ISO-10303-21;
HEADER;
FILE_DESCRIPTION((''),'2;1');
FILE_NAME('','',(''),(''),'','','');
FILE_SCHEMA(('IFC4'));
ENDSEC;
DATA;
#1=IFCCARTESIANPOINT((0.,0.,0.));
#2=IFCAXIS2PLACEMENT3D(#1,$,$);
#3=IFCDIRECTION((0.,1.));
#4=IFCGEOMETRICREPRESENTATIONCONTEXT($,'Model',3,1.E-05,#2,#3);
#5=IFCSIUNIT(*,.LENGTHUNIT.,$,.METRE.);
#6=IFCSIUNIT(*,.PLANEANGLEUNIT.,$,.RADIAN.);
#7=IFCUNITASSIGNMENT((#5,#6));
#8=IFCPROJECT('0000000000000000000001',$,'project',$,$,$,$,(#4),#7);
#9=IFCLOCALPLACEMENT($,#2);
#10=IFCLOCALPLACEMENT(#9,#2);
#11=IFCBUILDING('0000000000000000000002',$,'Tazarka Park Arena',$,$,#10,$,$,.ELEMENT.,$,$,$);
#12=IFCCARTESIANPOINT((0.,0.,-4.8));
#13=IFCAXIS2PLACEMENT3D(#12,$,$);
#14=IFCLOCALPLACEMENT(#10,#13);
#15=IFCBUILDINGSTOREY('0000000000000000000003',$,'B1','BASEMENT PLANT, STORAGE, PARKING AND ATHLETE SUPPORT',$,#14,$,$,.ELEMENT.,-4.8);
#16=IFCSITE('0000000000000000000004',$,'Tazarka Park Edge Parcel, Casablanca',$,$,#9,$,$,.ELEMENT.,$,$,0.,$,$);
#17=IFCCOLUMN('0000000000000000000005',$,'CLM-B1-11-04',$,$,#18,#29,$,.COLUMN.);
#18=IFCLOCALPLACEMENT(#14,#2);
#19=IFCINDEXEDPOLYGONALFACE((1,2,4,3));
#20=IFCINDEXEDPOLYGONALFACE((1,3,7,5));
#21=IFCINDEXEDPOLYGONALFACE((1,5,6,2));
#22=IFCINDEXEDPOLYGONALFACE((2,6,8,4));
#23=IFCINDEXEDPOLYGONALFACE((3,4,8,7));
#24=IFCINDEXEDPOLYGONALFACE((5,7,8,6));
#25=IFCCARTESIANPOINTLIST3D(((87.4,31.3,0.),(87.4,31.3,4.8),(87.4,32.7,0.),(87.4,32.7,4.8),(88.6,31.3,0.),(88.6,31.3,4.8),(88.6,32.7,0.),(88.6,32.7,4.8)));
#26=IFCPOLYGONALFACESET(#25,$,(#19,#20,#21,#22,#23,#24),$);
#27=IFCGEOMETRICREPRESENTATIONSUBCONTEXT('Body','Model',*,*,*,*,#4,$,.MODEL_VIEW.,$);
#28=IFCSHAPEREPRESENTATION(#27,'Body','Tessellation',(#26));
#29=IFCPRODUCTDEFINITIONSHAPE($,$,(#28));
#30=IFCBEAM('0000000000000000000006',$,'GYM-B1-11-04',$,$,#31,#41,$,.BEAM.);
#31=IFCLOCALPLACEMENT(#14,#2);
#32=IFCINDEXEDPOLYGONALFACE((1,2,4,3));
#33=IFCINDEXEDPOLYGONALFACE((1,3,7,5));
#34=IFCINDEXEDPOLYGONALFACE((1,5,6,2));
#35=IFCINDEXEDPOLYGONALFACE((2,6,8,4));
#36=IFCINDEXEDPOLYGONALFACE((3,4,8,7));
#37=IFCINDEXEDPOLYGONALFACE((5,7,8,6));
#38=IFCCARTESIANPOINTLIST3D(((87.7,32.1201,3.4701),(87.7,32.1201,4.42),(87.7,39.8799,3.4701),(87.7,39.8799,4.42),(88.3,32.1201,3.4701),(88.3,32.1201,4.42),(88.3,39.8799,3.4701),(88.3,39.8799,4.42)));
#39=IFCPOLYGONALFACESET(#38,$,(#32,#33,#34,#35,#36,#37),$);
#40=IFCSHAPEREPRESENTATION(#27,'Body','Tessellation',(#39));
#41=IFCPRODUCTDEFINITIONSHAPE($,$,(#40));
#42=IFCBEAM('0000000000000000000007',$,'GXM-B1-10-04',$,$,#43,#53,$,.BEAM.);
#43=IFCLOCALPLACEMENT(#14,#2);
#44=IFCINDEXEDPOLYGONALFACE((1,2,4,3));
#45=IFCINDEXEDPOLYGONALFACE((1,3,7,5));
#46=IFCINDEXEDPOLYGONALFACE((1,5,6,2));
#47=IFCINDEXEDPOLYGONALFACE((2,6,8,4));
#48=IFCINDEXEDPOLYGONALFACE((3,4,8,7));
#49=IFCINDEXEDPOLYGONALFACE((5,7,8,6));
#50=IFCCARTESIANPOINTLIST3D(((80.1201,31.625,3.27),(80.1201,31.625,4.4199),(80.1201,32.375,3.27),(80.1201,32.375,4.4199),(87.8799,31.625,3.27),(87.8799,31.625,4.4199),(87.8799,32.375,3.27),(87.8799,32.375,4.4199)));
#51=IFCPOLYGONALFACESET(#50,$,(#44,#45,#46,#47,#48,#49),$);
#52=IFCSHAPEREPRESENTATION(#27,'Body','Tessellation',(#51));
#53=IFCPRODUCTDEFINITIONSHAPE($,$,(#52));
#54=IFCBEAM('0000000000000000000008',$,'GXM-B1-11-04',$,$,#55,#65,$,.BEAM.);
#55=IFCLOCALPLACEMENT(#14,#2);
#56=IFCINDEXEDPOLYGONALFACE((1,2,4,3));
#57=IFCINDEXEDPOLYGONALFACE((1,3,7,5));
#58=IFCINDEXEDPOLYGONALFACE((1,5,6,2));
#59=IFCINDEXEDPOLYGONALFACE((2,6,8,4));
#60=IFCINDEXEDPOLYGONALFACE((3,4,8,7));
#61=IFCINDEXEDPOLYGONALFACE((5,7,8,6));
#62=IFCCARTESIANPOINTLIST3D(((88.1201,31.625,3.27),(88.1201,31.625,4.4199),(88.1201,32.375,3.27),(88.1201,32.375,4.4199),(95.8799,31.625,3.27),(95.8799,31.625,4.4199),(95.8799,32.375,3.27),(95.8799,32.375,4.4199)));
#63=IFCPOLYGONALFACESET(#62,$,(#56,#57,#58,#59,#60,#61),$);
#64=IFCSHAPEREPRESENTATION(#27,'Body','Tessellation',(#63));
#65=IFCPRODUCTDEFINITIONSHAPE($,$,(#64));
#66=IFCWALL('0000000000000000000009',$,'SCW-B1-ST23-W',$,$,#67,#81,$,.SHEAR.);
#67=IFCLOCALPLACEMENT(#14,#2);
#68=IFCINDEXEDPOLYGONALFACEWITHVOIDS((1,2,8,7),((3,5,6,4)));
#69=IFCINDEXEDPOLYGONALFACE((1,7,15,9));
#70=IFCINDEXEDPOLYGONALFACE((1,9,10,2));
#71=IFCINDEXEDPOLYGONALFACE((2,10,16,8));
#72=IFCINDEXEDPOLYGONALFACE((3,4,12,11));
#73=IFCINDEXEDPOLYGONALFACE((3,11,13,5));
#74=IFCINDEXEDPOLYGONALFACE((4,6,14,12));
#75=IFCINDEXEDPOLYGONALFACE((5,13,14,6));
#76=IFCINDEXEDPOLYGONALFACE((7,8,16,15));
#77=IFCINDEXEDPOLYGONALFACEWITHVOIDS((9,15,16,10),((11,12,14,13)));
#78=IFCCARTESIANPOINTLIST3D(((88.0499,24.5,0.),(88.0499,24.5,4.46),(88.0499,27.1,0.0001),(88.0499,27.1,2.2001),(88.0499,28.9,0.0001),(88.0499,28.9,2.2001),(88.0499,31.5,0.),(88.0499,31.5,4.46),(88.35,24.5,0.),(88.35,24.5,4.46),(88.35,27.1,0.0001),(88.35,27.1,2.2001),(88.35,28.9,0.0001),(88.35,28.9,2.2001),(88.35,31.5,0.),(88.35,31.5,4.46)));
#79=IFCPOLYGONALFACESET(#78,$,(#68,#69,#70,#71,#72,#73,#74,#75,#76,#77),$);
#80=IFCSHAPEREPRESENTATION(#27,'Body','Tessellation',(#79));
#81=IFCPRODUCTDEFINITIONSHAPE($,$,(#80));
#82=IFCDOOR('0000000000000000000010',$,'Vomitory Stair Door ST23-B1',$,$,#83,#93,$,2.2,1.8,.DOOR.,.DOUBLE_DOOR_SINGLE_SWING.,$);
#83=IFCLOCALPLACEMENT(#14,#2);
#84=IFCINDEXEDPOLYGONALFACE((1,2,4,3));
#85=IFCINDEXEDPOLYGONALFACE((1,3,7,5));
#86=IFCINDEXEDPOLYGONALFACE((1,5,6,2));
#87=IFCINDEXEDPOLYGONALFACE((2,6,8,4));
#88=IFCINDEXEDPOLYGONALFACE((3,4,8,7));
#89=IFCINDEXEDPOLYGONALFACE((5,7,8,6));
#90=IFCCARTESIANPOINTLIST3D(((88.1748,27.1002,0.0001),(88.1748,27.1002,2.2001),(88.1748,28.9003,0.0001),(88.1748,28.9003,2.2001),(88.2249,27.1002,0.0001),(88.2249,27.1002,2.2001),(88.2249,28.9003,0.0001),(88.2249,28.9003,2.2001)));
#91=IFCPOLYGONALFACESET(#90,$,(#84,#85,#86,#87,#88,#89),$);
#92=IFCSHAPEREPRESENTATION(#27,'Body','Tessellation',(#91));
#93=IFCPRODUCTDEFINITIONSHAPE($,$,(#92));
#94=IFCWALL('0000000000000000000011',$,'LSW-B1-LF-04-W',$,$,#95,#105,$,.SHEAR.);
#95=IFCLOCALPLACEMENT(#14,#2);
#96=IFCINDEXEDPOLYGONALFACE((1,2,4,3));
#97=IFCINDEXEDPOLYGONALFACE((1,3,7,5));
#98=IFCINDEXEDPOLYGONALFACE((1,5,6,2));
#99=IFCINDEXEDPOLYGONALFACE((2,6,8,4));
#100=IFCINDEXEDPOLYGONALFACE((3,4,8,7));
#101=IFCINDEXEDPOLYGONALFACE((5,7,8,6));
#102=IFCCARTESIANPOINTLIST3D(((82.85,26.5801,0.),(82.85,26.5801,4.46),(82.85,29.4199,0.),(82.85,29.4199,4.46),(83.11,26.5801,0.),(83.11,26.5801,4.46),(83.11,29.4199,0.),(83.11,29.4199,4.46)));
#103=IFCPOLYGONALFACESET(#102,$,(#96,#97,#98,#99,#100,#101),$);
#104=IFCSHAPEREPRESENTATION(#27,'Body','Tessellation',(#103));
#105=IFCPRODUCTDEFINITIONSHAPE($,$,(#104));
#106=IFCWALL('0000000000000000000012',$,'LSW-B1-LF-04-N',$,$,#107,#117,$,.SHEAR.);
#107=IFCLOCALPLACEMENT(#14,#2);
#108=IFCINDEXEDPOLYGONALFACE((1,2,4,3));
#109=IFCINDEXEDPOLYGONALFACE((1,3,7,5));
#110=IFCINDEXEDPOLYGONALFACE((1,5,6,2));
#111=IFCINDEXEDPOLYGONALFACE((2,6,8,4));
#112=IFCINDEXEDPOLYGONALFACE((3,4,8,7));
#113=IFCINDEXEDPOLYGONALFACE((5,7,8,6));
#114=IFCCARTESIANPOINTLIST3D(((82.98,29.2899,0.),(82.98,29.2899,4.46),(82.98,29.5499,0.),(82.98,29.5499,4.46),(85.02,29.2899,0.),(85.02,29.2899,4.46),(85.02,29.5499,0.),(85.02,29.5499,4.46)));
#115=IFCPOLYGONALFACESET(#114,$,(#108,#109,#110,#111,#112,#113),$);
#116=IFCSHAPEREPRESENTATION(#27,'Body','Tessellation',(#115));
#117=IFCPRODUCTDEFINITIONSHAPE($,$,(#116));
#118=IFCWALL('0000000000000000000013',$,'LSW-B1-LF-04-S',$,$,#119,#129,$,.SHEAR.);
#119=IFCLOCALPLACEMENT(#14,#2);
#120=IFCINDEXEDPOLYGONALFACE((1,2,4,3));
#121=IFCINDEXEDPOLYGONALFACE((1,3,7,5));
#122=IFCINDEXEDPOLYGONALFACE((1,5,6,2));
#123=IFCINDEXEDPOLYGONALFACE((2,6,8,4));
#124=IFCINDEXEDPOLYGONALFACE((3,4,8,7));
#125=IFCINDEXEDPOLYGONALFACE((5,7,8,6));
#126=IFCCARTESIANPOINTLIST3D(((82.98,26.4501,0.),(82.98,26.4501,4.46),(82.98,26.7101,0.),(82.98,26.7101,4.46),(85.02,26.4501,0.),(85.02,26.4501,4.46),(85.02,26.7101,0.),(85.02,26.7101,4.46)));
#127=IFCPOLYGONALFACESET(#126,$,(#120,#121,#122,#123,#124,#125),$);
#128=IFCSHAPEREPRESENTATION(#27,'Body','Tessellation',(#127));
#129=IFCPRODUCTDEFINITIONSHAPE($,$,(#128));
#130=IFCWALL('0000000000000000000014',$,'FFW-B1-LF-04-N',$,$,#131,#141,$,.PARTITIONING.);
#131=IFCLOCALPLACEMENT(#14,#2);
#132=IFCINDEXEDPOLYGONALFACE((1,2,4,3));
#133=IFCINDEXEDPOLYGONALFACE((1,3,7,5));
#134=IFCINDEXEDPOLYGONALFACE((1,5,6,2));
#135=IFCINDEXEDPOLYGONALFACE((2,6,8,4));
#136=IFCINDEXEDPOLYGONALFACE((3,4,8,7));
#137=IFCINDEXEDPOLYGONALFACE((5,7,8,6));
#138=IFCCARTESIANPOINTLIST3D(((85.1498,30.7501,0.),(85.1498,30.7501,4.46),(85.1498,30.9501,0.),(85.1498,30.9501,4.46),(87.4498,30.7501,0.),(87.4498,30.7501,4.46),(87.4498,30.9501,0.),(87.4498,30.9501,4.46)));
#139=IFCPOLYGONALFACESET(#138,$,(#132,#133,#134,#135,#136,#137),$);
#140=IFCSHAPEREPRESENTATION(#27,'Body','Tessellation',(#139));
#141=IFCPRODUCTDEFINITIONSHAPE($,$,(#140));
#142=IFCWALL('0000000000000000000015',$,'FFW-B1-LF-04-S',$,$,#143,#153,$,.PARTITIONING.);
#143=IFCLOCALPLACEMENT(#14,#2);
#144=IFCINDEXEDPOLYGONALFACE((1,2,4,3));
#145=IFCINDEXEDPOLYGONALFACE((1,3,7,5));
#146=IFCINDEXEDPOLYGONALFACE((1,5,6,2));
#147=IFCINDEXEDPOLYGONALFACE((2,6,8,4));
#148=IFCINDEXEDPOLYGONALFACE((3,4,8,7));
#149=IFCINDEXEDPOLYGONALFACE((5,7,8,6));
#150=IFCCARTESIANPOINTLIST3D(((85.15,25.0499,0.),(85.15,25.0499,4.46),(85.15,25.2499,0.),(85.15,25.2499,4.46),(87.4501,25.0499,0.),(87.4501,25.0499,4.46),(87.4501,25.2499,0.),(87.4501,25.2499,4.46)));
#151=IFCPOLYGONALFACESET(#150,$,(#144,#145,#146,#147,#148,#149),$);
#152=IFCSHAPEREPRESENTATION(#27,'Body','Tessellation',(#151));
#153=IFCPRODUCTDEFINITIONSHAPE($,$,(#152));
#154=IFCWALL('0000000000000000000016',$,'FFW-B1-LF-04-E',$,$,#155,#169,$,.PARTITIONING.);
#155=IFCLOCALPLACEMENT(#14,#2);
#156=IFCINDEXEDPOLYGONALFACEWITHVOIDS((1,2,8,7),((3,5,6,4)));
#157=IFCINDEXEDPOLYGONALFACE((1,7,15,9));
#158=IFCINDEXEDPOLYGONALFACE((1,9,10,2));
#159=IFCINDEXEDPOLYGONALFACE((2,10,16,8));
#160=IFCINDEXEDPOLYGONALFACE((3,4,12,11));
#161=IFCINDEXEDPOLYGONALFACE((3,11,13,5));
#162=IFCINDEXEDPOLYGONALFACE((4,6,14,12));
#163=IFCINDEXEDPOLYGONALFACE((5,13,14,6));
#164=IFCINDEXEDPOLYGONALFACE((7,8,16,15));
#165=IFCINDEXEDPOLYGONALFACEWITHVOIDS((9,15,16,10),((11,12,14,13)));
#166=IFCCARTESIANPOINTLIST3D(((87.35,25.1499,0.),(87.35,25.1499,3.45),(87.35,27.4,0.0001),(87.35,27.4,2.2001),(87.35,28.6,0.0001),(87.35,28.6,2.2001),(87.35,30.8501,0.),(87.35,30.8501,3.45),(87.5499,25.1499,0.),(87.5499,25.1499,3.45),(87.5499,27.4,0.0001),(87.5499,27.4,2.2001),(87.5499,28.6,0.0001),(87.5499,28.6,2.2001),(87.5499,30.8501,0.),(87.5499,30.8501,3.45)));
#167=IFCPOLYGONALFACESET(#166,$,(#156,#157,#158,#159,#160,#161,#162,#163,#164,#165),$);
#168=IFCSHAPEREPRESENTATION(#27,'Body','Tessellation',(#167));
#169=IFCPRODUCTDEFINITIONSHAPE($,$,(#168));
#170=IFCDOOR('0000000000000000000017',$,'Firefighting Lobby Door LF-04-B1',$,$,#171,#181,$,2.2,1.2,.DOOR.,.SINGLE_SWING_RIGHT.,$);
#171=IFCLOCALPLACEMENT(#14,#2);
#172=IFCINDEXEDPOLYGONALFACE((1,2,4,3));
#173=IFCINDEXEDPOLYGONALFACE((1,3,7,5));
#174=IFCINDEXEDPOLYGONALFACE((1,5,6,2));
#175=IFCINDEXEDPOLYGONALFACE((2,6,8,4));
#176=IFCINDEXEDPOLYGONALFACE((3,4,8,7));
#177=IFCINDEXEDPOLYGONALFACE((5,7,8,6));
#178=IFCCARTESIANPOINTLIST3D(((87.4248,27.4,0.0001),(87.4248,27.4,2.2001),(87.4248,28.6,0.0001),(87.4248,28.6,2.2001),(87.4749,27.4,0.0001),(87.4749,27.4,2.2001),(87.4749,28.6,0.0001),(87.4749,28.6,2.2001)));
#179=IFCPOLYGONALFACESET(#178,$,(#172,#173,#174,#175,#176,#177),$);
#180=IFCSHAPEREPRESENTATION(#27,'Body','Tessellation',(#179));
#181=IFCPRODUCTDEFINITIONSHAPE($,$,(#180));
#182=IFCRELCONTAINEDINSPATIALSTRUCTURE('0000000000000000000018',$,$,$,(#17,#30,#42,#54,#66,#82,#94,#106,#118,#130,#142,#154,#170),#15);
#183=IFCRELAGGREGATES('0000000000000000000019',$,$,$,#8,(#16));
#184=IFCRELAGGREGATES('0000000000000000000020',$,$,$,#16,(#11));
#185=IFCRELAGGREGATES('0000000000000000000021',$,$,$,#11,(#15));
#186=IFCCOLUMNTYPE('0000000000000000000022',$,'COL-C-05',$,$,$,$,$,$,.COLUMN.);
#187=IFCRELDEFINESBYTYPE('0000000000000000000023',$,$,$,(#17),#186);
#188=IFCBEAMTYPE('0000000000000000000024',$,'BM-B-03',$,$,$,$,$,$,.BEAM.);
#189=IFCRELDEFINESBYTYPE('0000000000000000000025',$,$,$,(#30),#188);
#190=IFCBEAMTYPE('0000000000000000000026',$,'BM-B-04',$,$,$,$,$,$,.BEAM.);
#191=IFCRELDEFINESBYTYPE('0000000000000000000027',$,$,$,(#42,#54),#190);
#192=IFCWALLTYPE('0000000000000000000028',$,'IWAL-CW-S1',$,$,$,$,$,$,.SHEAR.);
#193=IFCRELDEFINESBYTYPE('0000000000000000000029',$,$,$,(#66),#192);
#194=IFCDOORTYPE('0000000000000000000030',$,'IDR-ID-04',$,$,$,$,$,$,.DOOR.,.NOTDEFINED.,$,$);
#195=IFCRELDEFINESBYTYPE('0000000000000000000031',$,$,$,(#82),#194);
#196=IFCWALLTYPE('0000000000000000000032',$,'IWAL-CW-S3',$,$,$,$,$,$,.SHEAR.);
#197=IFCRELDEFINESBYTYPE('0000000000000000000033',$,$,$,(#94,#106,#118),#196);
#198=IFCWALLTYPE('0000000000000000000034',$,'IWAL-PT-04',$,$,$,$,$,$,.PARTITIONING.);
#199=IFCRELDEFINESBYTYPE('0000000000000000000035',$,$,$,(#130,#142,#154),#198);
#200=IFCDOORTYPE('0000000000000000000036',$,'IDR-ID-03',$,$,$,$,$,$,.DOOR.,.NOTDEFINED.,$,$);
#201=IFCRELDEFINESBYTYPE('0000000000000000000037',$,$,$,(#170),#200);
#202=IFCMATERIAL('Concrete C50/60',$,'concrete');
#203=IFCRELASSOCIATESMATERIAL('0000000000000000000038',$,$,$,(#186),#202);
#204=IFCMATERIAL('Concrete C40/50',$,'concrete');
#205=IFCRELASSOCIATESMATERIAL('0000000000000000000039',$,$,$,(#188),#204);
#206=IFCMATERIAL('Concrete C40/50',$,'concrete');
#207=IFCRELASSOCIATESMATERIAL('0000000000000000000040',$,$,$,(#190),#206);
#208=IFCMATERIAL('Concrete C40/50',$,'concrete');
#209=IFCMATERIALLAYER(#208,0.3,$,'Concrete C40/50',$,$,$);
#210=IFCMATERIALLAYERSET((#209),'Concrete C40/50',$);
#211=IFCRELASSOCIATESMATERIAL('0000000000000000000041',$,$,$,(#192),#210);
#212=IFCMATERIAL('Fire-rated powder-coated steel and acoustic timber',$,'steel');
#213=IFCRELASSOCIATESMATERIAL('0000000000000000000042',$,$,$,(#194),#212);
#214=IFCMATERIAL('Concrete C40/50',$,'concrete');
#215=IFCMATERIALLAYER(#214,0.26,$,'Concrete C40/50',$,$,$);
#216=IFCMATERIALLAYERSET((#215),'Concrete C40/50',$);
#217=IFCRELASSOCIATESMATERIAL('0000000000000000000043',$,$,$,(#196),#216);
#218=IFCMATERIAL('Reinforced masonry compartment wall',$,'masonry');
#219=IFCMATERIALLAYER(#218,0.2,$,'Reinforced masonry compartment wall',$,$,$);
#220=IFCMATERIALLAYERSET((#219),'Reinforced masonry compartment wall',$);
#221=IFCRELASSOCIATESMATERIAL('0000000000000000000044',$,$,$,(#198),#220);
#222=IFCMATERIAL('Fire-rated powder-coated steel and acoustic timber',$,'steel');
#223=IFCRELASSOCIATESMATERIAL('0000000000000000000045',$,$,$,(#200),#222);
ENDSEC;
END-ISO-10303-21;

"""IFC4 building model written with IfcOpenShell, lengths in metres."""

from ifc_helpers import new_model, si_unit, direction, frame, frame_2d, origin, origin_2d, place, context, subcontext, project, spatial, rectangle, extrude, material, layer, layer_set, material_profile, profile_set, type_object, element, fill, save


model = new_model("IFC4")

# Units and contexts
model_context = context("Model", 3, precision=1e-05, world=origin(), true_north=direction((0.0, 1.0)))
body_context = subcontext(model_context, "Body", "Model", "MODEL_VIEW")
ifc_project = project(units=[si_unit("LENGTHUNIT", "METRE"), si_unit("PLANEANGLEUNIT", "RADIAN")], contexts=[model_context])

# Site, building, storey
site_placement = place(None, origin())
site = spatial("IfcSite", under=ifc_project, at=site_placement, Name="Tazarka Park Edge Parcel, Casablanca", CompositionType="ELEMENT", RefElevation=0.0)
building_placement = place(site_placement, origin())
building = spatial("IfcBuilding", under=site, at=building_placement, Name="Tazarka Park Arena", CompositionType="ELEMENT")
storey_placement = place(building_placement, frame((0.0, 0.0, -4.8)))
storey = spatial("IfcBuildingStorey", under=building, at=storey_placement, Name="B1", Description="BASEMENT PLANT, STORAGE, PARKING AND ATHLETE SUPPORT", CompositionType="ELEMENT", Elevation=-4.8)

# Column
ifc_material_1 = material(Name="Concrete C50/60", Category="concrete")
ifc_material_profile_1 = material_profile(ifc_material_1, rectangle(XDim=1.2, YDim=1.3999, at=origin_2d()), Name="Concrete C50/60")
ifc_profile_set_1 = profile_set([ifc_material_profile_1], Name="Concrete C50/60")
column_type = type_object("IfcColumnType", Name="COL-C-05", PredefinedType="COLUMN", material=ifc_profile_set_1)
column_placement = place(storey_placement, frame((88.0, 32.0, 0.0), z_axis=(0.0, 0.0, 1.0), x_axis=(1.0, 0.0, 0.0)))
element("IfcColumn", 1, at=column_placement, inside=storey, type_object=column_type, Name="CLM-B1-11-04", PredefinedType="COLUMN", context=body_context, shape_type="SweptSolid", body=[
    extrude(rectangle(XDim=1.2, YDim=1.3999, at=origin_2d()), origin(), (0.0, 0.0, 1.0), 4.8),
])

# Beams
ifc_material_2 = material(Name="Concrete C40/50", Category="concrete")
ifc_material_profile_2 = material_profile(ifc_material_2, rectangle(XDim=0.6001, YDim=0.95, at=origin_2d()), Name="Concrete C40/50")
ifc_profile_set_2 = profile_set([ifc_material_profile_2], Name="Concrete C40/50")
beam_type_1 = type_object("IfcBeamType", Name="BM-B-03", PredefinedType="BEAM", material=ifc_profile_set_2)
beam_placement = place(storey_placement, frame((88.0, 32.1201, 3.9451), z_axis=(0.0, 1.0, 0.0), x_axis=(-1.0, 0.0, 0.0)))
element("IfcBeam", 2, at=beam_placement, inside=storey, type_object=beam_type_1, Name="GYM-B1-11-04", PredefinedType="BEAM", context=body_context, shape_type="SweptSolid", body=[
    extrude(rectangle(XDim=0.6001, YDim=0.95, at=origin_2d()), origin(), (0.0, 0.0, 1.0), 7.7598),
])
ifc_material_3 = material(Name="Concrete C40/50", Category="concrete")
ifc_material_profile_3 = material_profile(ifc_material_3, rectangle(XDim=0.75, YDim=1.1499, at=origin_2d()), Name="Concrete C40/50")
ifc_profile_set_3 = profile_set([ifc_material_profile_3], Name="Concrete C40/50")
beam_type_2 = type_object("IfcBeamType", Name="BM-B-04", PredefinedType="BEAM", material=ifc_profile_set_3)
for number, where, z_axis, x_axis, name in (
    (3, (80.1201, 32.0, 3.845), (1.0, 0.0, 0.0), (0.0, 1.0, 0.0), "GXM-B1-10-04"),
    (4, (88.1201, 32.0, 3.845), (1.0, 0.0, 0.0), (0.0, 1.0, 0.0), "GXM-B1-11-04"),
):
    element("IfcBeam", number, at=place(storey_placement, frame(where, z_axis=z_axis, x_axis=x_axis)), inside=storey, type_object=beam_type_2, Name=name, PredefinedType="BEAM", context=body_context, shape_type="SweptSolid", body=[
        extrude(rectangle(XDim=0.75, YDim=1.1499, at=origin_2d()), origin(), (0.0, 0.0, 1.0), 7.7598),
    ])

# Wall, opening, door
ifc_material_4 = material(Name="Concrete C40/50", Category="concrete")
ifc_layer_1 = layer(ifc_material_4, 0.3, Name="Concrete C40/50")
ifc_layer_set_1 = layer_set([ifc_layer_1], Name="Concrete C40/50")
wall_type_1 = type_object("IfcWallType", Name="IWAL-CW-S1", PredefinedType="SHEAR", material=ifc_layer_set_1)
wall_1_placement = place(storey_placement, frame((88.2, 24.5, 0.0), z_axis=(0.0, 0.0, 1.0), x_axis=(0.0, 1.0, 0.0)))
wall_1 = element("IfcWall", 5, at=wall_1_placement, inside=storey, type_object=wall_type_1, Name="SCW-B1-ST23-W", PredefinedType="SHEAR", context=body_context, shape_type="SweptSolid", body=[
    extrude(rectangle(XDim=7.0, YDim=0.3, at=frame_2d((3.5, 0.0))), origin(), (0.0, 0.0, 1.0), 4.46),
])
opening_1_placement = place(wall_1_placement, frame((2.6001, 0.0, 0.0)))
opening_1 = element("IfcOpeningElement", 6, at=opening_1_placement, cuts=wall_1, PredefinedType="OPENING", context=body_context, shape_type="SweptSolid", body=[
    extrude(rectangle(XDim=1.8, YDim=2.2, at=frame_2d((0.8999, 1.1001))), frame((0.0, 0.1602, 0.0), z_axis=(0.0, -1.0, 0.0), x_axis=(1.0, 0.0, 0.0)), (0.0, 0.0, 1.0), 0.3201),
])
ifc_material_5 = material(Name="Fire-rated powder-coated steel and acoustic timber", Category="steel")
door_type_1 = type_object("IfcDoorType", Name="IDR-ID-04", OperationType="NOTDEFINED", PredefinedType="DOOR", material=ifc_material_5)
door_1_placement = place(opening_1_placement, frame((1.8, 0.0, 0.0), z_axis=(0.0, 0.0, 1.0), x_axis=(-1.0, 0.0, 0.0)))
door_1 = element("IfcDoor", 7, at=door_1_placement, inside=storey, type_object=door_type_1, Name="Vomitory Stair Door ST23-B1", OperationType="DOUBLE_DOOR_SINGLE_SWING", OverallHeight=2.2, OverallWidth=1.8, PredefinedType="DOOR", context=body_context, shape_type="SweptSolid", body=[
    extrude(rectangle(XDim=1.8, YDim=2.2, at=frame_2d((0.8999, 1.1001))), frame((0.0, 0.0249, 0.0), z_axis=(0.0, -1.0, 0.0), x_axis=(1.0, 0.0, 0.0)), (0.0, 0.0, 1.0), 0.05),
])
fill(opening_1, door_1)

# Walls
ifc_material_6 = material(Name="Concrete C40/50", Category="concrete")
ifc_layer_2 = layer(ifc_material_6, 0.26, Name="Concrete C40/50")
ifc_layer_set_2 = layer_set([ifc_layer_2], Name="Concrete C40/50")
wall_type_2 = type_object("IfcWallType", Name="IWAL-CW-S3", PredefinedType="SHEAR", material=ifc_layer_set_2)
wall_2_placement = place(storey_placement, frame((82.98, 26.5801, 0.0), z_axis=(0.0, 0.0, 1.0), x_axis=(0.0, 1.0, 0.0)))
element("IfcWall", 8, at=wall_2_placement, inside=storey, type_object=wall_type_2, Name="LSW-B1-LF-04-W", PredefinedType="SHEAR", context=body_context, shape_type="SweptSolid", body=[
    extrude(rectangle(XDim=2.8398, YDim=0.26, at=frame_2d((1.4199, 0.0))), origin(), (0.0, 0.0, 1.0), 4.46),
])
for number, where, z_axis, x_axis, name in (
    (9, (82.98, 29.4199, 0.0), (0.0, 0.0, 1.0), (1.0, 0.0, 0.0), "LSW-B1-LF-04-N"),
    (10, (85.02, 26.5801, 0.0), (0.0, 0.0, 1.0), (-1.0, 0.0, 0.0), "LSW-B1-LF-04-S"),
):
    element("IfcWall", number, at=place(storey_placement, frame(where, z_axis=z_axis, x_axis=x_axis)), inside=storey, type_object=wall_type_2, Name=name, PredefinedType="SHEAR", context=body_context, shape_type="SweptSolid", body=[
        extrude(rectangle(XDim=2.04, YDim=0.26, at=frame_2d((1.02, 0.0))), origin(), (0.0, 0.0, 1.0), 4.46),
    ])

# Walls
ifc_material_7 = material(Name="Reinforced masonry compartment wall", Category="masonry")
ifc_layer_3 = layer(ifc_material_7, 0.2, Name="Reinforced masonry compartment wall")
ifc_layer_set_3 = layer_set([ifc_layer_3], Name="Reinforced masonry compartment wall")
wall_type_3 = type_object("IfcWallType", Name="IWAL-PT-04", PredefinedType="PARTITIONING", material=ifc_layer_set_3)
for number, where, z_axis, x_axis, name in (
    (11, (85.1499, 30.8501, 0.0), (0.0, 0.0, 1.0), (1.0, 0.0, 0.0), "FFW-B1-LF-04-N"),
    (12, (87.45, 25.1499, 0.0), (0.0, 0.0, 1.0), (-1.0, 0.0, 0.0), "FFW-B1-LF-04-S"),
):
    element("IfcWall", number, at=place(storey_placement, frame(where, z_axis=z_axis, x_axis=x_axis)), inside=storey, type_object=wall_type_3, Name=name, PredefinedType="PARTITIONING", context=body_context, shape_type="SweptSolid", body=[
        extrude(rectangle(XDim=2.3, YDim=0.2, at=frame_2d((1.1499, 0.0))), origin(), (0.0, 0.0, 1.0), 4.46),
    ])

# Wall, opening, door
wall_3_placement = place(storey_placement, frame((87.45, 30.8501, 0.0), z_axis=(0.0, 0.0, 1.0), x_axis=(0.0, -1.0, 0.0)))
wall_3 = element("IfcWall", 13, at=wall_3_placement, inside=storey, type_object=wall_type_3, Name="FFW-B1-LF-04-E", PredefinedType="PARTITIONING", context=body_context, shape_type="SweptSolid", body=[
    extrude(rectangle(XDim=5.7002, YDim=0.2, at=frame_2d((2.8501, 0.0))), origin(), (0.0, 0.0, 1.0), 3.45),
])
opening_2_placement = place(wall_3_placement, frame((2.25, 0.0, 0.0)))
opening_2 = element("IfcOpeningElement", 14, at=opening_2_placement, cuts=wall_3, PredefinedType="OPENING", context=body_context, shape_type="SweptSolid", body=[
    extrude(rectangle(XDim=1.2, YDim=2.2, at=frame_2d((0.6001, 1.1001))), frame((0.0, 0.1099, 0.0), z_axis=(0.0, -1.0, 0.0), x_axis=(1.0, 0.0, 0.0)), (0.0, 0.0, 1.0), 0.22),
])
ifc_material_8 = material(Name="Fire-rated powder-coated steel and acoustic timber", Category="steel")
door_type_2 = type_object("IfcDoorType", Name="IDR-ID-03", OperationType="NOTDEFINED", PredefinedType="DOOR", material=ifc_material_8)
door_2_placement = place(opening_2_placement, origin())
door_2 = element("IfcDoor", 15, at=door_2_placement, inside=storey, type_object=door_type_2, Name="Firefighting Lobby Door LF-04-B1", OperationType="SINGLE_SWING_RIGHT", OverallHeight=2.2, OverallWidth=1.2, PredefinedType="DOOR", context=body_context, shape_type="SweptSolid", body=[
    extrude(rectangle(XDim=1.2, YDim=2.2, at=frame_2d((0.6001, 1.1001))), frame((0.0, 0.0249, 0.0), z_axis=(0.0, -1.0, 0.0), x_axis=(1.0, 0.0, 0.0)), (0.0, 0.0, 1.0), 0.05),
])
fill(opening_2, door_2)

save(model, "model.ifc")
